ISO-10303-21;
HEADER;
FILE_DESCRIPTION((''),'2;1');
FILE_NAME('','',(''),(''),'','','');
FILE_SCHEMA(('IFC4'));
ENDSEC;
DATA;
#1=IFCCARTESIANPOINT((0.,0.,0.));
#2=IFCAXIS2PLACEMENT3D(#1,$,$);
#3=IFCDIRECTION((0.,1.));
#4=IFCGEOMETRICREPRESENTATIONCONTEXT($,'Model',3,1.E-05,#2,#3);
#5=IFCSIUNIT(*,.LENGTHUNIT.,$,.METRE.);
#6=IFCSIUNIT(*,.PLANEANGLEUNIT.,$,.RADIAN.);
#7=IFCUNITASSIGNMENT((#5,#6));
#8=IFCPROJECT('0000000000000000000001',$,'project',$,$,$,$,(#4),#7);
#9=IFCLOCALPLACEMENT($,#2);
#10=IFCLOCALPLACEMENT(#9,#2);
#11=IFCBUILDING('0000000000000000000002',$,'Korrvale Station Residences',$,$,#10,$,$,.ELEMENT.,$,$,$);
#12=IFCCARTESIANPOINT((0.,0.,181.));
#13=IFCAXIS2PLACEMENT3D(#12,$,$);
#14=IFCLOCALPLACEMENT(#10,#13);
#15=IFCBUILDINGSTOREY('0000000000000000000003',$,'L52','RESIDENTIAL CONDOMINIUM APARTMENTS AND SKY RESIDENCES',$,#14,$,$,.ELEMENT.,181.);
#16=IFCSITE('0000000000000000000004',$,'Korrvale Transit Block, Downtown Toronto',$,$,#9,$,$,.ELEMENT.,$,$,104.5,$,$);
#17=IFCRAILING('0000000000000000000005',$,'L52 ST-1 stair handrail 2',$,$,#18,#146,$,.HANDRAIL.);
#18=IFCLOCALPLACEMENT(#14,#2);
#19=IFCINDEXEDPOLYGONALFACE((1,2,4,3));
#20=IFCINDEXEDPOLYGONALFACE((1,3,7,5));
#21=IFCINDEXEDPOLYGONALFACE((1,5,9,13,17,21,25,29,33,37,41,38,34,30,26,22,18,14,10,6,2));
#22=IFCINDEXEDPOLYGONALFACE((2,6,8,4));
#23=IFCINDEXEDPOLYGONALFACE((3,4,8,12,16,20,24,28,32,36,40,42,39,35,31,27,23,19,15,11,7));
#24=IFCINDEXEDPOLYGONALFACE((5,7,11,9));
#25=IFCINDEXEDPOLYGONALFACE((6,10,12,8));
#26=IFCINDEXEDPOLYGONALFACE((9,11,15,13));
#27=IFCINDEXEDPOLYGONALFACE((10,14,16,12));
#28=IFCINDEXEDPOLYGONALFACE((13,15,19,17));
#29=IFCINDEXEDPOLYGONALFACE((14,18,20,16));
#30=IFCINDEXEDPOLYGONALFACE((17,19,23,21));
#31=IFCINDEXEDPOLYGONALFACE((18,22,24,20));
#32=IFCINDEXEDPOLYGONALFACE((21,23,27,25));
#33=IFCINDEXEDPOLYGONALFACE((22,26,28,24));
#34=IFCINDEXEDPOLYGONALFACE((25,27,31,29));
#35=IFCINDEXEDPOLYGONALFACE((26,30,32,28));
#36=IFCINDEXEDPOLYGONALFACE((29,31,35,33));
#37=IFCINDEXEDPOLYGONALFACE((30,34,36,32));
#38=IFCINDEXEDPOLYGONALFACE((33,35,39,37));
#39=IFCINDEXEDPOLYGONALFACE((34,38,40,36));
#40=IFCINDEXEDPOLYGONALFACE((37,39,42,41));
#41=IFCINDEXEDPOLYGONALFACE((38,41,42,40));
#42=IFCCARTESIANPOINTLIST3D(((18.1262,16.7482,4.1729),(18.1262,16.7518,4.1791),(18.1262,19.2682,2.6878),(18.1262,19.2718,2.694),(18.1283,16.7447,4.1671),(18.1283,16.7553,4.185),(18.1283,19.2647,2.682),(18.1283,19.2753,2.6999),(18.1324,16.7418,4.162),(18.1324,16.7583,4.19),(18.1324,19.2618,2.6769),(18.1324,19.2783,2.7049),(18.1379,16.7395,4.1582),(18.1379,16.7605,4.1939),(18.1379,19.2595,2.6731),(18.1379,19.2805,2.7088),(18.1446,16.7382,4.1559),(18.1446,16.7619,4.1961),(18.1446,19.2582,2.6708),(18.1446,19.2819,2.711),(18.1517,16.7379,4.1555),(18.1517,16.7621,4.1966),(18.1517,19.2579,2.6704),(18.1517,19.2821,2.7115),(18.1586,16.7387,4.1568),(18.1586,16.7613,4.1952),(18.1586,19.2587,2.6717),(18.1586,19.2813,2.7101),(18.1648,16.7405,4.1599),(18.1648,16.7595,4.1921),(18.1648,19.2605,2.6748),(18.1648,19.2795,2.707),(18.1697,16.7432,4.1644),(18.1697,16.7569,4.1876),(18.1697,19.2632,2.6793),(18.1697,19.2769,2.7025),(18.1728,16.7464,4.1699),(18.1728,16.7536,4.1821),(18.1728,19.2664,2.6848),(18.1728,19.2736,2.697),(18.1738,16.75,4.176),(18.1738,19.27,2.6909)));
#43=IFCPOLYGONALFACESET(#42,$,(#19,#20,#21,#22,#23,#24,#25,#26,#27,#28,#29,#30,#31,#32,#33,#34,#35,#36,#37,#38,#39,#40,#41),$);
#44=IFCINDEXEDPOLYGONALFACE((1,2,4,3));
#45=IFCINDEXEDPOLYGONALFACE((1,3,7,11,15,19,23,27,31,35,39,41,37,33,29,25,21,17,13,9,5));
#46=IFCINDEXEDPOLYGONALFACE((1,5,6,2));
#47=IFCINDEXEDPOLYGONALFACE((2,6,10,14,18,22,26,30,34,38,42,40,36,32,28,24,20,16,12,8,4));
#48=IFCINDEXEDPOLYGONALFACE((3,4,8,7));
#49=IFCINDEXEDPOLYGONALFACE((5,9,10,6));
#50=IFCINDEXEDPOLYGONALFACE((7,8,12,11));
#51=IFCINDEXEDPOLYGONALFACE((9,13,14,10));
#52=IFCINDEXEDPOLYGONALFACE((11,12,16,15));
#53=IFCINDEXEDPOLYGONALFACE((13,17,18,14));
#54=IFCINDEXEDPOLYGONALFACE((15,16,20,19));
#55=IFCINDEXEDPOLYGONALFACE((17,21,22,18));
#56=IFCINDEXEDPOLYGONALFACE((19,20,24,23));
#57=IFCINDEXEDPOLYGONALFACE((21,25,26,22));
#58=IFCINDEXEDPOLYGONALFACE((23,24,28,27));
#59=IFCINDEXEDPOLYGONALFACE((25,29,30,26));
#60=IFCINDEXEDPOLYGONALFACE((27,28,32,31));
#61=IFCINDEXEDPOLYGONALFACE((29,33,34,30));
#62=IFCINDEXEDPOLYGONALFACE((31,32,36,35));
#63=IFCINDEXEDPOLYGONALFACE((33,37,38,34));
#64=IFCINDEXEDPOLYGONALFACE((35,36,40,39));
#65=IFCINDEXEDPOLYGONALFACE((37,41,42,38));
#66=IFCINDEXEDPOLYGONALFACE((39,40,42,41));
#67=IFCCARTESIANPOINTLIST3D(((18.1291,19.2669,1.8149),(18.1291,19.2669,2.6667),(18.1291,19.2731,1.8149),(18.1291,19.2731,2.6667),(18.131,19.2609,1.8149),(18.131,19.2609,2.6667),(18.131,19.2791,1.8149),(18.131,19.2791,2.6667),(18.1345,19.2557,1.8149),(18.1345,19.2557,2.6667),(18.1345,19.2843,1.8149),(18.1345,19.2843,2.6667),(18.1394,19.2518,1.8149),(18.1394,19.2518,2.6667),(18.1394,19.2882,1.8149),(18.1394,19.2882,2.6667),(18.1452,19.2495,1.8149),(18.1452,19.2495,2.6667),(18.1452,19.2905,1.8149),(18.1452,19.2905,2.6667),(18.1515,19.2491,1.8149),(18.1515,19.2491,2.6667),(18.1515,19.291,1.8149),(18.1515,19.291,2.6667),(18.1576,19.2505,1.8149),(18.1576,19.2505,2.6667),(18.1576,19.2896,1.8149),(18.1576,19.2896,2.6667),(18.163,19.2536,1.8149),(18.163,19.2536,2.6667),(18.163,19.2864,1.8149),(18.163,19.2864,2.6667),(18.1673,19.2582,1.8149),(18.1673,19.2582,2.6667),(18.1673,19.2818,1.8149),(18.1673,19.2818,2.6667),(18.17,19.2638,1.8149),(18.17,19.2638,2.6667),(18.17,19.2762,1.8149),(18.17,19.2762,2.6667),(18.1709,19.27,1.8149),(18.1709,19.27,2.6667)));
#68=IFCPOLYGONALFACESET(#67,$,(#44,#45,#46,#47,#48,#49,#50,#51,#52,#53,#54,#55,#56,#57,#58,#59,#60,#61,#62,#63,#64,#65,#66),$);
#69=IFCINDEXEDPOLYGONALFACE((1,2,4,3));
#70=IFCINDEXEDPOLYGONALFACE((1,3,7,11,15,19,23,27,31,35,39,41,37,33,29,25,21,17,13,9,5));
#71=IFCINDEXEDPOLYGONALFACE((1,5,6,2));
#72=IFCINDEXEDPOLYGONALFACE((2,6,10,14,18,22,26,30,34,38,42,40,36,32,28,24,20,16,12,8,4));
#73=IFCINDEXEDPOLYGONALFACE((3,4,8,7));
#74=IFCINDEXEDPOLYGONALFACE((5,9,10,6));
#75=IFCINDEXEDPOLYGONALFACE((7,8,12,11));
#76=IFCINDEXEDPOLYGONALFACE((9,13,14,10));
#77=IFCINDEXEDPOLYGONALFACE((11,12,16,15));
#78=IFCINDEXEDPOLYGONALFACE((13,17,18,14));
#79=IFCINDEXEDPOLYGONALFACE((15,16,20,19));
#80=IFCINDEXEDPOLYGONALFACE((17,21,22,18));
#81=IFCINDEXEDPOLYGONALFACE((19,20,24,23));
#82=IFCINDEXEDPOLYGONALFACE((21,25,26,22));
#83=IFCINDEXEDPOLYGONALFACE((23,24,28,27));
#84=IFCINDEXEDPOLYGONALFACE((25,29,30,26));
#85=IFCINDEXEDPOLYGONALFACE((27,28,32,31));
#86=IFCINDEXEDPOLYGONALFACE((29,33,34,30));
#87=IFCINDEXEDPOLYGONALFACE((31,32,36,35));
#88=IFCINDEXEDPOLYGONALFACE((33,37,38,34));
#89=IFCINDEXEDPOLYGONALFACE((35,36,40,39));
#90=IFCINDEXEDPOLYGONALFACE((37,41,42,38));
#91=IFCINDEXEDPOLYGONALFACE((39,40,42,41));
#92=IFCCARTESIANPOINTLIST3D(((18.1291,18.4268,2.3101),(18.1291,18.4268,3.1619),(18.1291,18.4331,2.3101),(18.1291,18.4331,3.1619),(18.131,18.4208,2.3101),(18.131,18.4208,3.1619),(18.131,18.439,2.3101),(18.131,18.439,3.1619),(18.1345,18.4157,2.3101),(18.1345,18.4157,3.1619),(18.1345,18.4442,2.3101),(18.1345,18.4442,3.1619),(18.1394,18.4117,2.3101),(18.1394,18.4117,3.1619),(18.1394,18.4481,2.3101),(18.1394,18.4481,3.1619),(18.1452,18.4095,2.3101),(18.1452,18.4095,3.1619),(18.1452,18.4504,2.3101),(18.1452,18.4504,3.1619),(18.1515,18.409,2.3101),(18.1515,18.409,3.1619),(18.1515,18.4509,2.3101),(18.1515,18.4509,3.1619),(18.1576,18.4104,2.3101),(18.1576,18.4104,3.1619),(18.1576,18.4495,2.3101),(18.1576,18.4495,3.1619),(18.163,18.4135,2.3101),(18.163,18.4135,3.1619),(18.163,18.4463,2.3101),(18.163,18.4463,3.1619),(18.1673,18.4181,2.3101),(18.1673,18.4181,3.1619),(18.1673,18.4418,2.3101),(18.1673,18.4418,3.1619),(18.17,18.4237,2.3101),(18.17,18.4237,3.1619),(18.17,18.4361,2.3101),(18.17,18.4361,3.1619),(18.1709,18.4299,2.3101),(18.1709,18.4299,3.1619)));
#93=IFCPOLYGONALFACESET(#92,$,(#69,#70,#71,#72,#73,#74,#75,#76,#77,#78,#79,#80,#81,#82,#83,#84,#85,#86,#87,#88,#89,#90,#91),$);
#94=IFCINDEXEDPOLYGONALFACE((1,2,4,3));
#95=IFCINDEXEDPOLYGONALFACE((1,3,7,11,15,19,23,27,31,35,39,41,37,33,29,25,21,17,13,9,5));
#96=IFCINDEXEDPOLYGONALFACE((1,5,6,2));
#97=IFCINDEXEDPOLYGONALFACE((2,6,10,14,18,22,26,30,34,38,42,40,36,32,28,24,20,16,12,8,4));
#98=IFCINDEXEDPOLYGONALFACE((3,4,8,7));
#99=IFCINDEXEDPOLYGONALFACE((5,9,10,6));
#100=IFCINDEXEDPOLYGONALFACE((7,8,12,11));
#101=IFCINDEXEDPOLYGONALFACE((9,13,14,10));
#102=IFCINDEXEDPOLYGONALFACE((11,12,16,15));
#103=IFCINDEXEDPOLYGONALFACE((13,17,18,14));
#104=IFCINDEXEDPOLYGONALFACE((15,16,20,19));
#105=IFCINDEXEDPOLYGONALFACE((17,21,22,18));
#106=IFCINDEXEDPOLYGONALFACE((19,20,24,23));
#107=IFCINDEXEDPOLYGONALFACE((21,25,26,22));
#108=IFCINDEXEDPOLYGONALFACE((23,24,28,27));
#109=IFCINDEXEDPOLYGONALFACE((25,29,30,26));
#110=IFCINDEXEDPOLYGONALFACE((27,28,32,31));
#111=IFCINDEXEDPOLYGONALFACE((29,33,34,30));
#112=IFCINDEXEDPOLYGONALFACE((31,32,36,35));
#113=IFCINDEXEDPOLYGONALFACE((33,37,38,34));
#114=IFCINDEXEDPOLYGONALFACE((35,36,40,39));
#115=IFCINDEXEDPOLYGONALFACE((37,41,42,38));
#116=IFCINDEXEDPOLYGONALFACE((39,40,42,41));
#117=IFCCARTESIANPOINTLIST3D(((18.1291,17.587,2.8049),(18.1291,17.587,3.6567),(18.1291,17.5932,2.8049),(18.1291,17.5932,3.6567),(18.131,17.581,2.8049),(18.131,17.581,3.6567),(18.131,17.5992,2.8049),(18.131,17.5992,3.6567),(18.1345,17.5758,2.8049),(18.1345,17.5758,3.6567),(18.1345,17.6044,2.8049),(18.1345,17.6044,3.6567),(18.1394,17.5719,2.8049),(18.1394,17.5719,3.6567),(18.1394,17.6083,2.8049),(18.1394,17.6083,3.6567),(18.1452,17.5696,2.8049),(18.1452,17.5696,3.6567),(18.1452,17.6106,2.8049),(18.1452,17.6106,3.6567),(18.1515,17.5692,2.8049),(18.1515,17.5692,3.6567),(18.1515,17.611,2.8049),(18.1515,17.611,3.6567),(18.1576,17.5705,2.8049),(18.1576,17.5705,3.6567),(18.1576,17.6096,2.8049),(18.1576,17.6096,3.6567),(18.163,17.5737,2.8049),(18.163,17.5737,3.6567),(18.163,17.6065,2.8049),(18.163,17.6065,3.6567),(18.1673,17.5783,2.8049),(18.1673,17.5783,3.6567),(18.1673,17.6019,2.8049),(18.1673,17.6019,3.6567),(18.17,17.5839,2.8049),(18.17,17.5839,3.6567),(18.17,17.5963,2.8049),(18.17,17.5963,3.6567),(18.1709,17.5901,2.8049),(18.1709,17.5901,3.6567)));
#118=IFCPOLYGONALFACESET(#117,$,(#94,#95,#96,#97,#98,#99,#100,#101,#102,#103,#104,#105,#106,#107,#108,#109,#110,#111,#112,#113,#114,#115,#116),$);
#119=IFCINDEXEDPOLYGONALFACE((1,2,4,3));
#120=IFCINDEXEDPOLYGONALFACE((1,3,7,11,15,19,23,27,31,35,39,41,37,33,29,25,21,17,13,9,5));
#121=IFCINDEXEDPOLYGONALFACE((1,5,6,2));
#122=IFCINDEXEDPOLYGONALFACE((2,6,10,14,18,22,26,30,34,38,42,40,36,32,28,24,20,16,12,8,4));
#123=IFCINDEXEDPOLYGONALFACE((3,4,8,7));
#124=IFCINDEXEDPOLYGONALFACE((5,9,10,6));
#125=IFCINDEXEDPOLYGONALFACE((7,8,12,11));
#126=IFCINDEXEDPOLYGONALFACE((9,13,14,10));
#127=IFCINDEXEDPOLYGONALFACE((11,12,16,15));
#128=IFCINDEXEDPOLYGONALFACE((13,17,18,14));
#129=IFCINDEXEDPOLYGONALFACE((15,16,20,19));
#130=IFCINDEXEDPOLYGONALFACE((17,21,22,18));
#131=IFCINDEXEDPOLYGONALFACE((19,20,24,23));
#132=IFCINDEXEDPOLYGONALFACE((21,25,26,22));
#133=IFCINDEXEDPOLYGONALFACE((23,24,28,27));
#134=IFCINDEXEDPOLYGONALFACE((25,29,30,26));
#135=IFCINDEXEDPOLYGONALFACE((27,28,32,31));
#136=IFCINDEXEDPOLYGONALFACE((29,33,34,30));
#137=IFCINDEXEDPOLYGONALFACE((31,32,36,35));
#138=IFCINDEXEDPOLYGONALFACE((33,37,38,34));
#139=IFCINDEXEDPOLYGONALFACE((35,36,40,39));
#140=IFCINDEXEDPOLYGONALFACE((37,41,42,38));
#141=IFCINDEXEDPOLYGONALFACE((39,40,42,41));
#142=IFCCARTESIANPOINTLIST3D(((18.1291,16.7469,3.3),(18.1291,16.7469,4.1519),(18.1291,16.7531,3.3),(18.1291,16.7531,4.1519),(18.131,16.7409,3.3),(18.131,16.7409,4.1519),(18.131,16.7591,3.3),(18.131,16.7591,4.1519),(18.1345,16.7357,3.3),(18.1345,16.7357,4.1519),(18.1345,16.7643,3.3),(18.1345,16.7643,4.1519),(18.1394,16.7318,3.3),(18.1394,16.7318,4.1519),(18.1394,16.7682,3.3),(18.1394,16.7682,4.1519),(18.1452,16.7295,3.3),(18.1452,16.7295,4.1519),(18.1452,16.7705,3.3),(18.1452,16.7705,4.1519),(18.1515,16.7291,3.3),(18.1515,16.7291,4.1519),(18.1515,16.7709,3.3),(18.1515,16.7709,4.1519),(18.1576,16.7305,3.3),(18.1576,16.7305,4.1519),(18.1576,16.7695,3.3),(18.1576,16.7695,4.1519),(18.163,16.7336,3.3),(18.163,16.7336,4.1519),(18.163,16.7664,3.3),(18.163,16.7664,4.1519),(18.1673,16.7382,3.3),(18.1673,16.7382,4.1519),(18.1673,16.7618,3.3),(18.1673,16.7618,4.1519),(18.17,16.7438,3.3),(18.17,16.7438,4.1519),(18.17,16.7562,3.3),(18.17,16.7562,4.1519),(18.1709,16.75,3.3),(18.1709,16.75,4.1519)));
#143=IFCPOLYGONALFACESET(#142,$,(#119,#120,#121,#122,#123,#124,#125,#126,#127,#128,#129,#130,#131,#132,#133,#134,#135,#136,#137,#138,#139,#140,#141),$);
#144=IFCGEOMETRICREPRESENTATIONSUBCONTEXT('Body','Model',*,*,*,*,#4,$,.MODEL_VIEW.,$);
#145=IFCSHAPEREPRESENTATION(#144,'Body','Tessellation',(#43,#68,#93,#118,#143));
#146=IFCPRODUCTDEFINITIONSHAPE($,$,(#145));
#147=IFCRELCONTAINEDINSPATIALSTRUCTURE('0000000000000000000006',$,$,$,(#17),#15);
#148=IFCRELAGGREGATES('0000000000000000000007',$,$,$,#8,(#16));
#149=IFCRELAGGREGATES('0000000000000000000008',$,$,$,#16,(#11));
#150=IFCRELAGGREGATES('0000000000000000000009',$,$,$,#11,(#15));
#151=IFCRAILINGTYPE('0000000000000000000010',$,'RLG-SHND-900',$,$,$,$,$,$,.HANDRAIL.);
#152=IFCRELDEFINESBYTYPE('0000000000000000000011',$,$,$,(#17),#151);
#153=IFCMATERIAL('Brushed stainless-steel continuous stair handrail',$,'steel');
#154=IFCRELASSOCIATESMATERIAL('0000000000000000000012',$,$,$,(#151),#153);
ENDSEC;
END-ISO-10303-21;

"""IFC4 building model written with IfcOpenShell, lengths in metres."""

from ifc_helpers import new_model, si_unit, direction, frame, origin, origin_2d, place, context, subcontext, project, spatial, circle, extrude, material, type_object, element, save


model = new_model("IFC4")

# Units and contexts
model_context = context("Model", 3, precision=1e-05, world=origin(), true_north=direction((0.0, 1.0)))
body_context = subcontext(model_context, "Body", "Model", "MODEL_VIEW")
ifc_project = project(units=[si_unit("LENGTHUNIT", "METRE"), si_unit("PLANEANGLEUNIT", "RADIAN")], contexts=[model_context])

# Site, building, storey
site_placement = place(None, origin())
site = spatial("IfcSite", under=ifc_project, at=site_placement, Name="Korrvale Transit Block, Downtown Toronto", CompositionType="ELEMENT", RefElevation=104.5)
building_placement = place(site_placement, origin())
building = spatial("IfcBuilding", under=site, at=building_placement, Name="Korrvale Station Residences", CompositionType="ELEMENT")
storey_placement = place(building_placement, frame((0.0, 0.0, 181.0)))
storey = spatial("IfcBuildingStorey", under=building, at=storey_placement, Name="L52", Description="RESIDENTIAL CONDOMINIUM APARTMENTS AND SKY RESIDENCES", CompositionType="ELEMENT", Elevation=181.0)

# Railing
ifc_material_1 = material(Name="Brushed stainless-steel continuous stair handrail", Category="steel")
railing_type_1 = type_object("IfcRailingType", Name="RLG-SHND-900", PredefinedType="HANDRAIL", material=ifc_material_1)
railing_1_placement = place(storey_placement, frame((18.1499, 19.27, 1.8149)))
element("IfcRailing", 1, at=railing_1_placement, inside=storey, type_object=railing_type_1, Name="L52 ST-1 stair handrail 2", PredefinedType="HANDRAIL", context=body_context, shape_type="SweptSolid", body=[
    extrude(circle(Radius=0.0239, at=origin_2d()), frame((0.0, 0.0, 0.876), z_axis=(0.0, -0.861524, 0.507717), x_axis=(1.0, 0.0, 0.0)), (0.0, 0.0, 1.0), 2.925),
    extrude(circle(Radius=0.021, at=origin_2d()), origin(), (0.0, 0.0, 1.0), 0.8518),
    extrude(circle(Radius=0.021, at=origin_2d()), frame((0.0, -0.8401, 0.4951)), (0.0, 0.0, 1.0), 0.8518),
    extrude(circle(Radius=0.021, at=origin_2d()), frame((0.0, -1.6799, 0.99)), (0.0, 0.0, 1.0), 0.8518),
    extrude(circle(Radius=0.021, at=origin_2d()), frame((0.0, -2.52, 1.4851)), (0.0, 0.0, 1.0), 0.8518),
])

save(model, "model.ifc")
